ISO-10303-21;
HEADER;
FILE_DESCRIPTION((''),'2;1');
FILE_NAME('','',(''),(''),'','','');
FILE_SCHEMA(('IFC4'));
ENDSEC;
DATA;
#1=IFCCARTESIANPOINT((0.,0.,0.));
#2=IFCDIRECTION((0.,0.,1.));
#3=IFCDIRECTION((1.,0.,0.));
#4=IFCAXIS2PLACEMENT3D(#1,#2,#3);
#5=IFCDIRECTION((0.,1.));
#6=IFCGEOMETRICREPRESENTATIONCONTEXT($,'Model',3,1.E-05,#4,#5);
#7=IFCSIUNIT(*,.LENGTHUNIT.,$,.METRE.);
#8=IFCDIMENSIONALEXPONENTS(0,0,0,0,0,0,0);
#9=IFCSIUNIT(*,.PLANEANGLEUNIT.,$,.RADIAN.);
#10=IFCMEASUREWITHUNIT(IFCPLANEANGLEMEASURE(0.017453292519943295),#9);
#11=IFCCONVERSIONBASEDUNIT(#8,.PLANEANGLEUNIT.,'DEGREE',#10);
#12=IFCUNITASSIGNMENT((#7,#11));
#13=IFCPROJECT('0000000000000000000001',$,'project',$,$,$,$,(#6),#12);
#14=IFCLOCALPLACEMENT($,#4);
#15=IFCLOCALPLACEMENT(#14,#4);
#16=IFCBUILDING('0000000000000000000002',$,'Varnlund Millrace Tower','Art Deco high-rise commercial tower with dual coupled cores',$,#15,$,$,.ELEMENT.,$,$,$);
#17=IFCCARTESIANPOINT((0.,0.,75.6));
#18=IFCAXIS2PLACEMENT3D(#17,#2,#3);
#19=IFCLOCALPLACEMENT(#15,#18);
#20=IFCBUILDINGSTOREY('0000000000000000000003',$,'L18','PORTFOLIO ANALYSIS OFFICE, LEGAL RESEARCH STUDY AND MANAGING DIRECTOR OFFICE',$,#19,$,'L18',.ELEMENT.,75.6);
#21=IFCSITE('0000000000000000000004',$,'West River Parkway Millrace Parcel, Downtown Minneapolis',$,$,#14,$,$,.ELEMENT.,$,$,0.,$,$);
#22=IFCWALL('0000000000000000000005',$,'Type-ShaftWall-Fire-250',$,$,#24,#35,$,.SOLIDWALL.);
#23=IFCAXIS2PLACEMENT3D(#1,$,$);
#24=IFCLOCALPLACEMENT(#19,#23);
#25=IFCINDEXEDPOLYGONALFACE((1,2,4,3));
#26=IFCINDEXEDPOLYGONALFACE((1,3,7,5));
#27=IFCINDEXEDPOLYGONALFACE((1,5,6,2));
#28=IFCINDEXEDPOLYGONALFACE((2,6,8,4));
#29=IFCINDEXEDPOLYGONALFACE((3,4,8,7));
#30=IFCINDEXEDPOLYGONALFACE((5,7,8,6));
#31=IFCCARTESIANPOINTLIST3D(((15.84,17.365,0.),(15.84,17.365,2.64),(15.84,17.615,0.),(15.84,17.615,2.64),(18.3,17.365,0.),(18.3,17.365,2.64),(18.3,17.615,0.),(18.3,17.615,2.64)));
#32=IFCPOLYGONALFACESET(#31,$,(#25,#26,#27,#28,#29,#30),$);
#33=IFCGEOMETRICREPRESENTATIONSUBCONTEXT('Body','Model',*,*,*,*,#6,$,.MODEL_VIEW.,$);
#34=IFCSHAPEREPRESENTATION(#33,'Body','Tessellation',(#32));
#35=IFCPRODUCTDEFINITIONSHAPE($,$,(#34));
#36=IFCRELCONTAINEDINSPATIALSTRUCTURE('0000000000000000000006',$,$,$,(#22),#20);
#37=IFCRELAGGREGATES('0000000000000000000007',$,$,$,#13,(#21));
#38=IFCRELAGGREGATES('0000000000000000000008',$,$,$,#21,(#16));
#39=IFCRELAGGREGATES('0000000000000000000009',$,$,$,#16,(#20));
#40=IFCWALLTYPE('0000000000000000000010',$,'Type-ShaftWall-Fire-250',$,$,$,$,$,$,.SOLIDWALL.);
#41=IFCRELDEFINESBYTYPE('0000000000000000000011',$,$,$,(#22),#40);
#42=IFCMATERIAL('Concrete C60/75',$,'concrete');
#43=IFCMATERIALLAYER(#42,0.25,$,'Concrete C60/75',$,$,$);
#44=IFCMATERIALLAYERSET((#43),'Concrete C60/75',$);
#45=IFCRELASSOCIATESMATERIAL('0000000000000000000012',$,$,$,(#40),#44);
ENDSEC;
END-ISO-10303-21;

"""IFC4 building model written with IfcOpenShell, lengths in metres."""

from ifc_helpers import new_model, entity, si_unit, converted_unit, direction, frame, origin_with_axes, place, context, subcontext, project, spatial, polyline, outline, extrude, material, layer, layer_set, type_object, element, save


model = new_model("IFC4")

# Units and contexts
model_context = context("Model", 3, precision=1e-05, world=origin_with_axes(), true_north=direction((0.0, 1.0)))
body_context = subcontext(model_context, "Body", "Model", "MODEL_VIEW")
ifc_project = project(units=[si_unit("LENGTHUNIT", "METRE"), converted_unit("PLANEANGLEUNIT", "DEGREE", entity("IfcPlaneAngleMeasure", 0.017453292519943295), si_unit("PLANEANGLEUNIT", "RADIAN"), dimensions=[0, 0, 0, 0, 0, 0, 0])], contexts=[model_context])

# Site, building, storey
site_placement = place(None, origin_with_axes())
site = spatial("IfcSite", under=ifc_project, at=site_placement, Name="West River Parkway Millrace Parcel, Downtown Minneapolis", CompositionType="ELEMENT", RefElevation=0.0)
building_placement = place(site_placement, origin_with_axes())
building = spatial("IfcBuilding", under=site, at=building_placement, Name="Varnlund Millrace Tower", Description="Art Deco high-rise commercial tower with dual coupled cores", CompositionType="ELEMENT")
storey_placement = place(building_placement, frame((0.0, 0.0, 75.6), z_axis=(0.0, 0.0, 1.0), x_axis=(1.0, 0.0, 0.0)))
storey = spatial("IfcBuildingStorey", under=building, at=storey_placement, Name="L18", Description="PORTFOLIO ANALYSIS OFFICE, LEGAL RESEARCH STUDY AND MANAGING DIRECTOR OFFICE", LongName="L18", CompositionType="ELEMENT", Elevation=75.6)

# Wall
ifc_material_1 = material(Name="Concrete C60/75", Category="concrete")
ifc_layer_1 = layer(ifc_material_1, 0.25, Name="Concrete C60/75")
ifc_layer_set_1 = layer_set([ifc_layer_1], Name="Concrete C60/75")
wall_type_1 = type_object("IfcWallType", Name="Type-ShaftWall-Fire-250", PredefinedType="SOLIDWALL", material=ifc_layer_set_1)
for number, where, z_axis, x_axis, name in (
    (1, (15.84, 17.49, 0.0), (0.0, 0.0, 1.0), (1.0, 0.0, 0.0), "Type-ShaftWall-Fire-250"),
):
    element("IfcWall", number, at=place(storey_placement, frame(where, z_axis=z_axis, x_axis=x_axis)), inside=storey, type_object=wall_type_1, Name=name, PredefinedType="SOLIDWALL", context=body_context, shape_type="SweptSolid", body=[
        extrude(outline(polyline([(0.0, -0.125), (2.46, -0.125), (2.46, 0.125), (0.0, 0.125), (0.0, -0.125)])), origin_with_axes(), (0.0, 0.0, 1.0), 2.64),
    ])

save(model, "model.ifc")
